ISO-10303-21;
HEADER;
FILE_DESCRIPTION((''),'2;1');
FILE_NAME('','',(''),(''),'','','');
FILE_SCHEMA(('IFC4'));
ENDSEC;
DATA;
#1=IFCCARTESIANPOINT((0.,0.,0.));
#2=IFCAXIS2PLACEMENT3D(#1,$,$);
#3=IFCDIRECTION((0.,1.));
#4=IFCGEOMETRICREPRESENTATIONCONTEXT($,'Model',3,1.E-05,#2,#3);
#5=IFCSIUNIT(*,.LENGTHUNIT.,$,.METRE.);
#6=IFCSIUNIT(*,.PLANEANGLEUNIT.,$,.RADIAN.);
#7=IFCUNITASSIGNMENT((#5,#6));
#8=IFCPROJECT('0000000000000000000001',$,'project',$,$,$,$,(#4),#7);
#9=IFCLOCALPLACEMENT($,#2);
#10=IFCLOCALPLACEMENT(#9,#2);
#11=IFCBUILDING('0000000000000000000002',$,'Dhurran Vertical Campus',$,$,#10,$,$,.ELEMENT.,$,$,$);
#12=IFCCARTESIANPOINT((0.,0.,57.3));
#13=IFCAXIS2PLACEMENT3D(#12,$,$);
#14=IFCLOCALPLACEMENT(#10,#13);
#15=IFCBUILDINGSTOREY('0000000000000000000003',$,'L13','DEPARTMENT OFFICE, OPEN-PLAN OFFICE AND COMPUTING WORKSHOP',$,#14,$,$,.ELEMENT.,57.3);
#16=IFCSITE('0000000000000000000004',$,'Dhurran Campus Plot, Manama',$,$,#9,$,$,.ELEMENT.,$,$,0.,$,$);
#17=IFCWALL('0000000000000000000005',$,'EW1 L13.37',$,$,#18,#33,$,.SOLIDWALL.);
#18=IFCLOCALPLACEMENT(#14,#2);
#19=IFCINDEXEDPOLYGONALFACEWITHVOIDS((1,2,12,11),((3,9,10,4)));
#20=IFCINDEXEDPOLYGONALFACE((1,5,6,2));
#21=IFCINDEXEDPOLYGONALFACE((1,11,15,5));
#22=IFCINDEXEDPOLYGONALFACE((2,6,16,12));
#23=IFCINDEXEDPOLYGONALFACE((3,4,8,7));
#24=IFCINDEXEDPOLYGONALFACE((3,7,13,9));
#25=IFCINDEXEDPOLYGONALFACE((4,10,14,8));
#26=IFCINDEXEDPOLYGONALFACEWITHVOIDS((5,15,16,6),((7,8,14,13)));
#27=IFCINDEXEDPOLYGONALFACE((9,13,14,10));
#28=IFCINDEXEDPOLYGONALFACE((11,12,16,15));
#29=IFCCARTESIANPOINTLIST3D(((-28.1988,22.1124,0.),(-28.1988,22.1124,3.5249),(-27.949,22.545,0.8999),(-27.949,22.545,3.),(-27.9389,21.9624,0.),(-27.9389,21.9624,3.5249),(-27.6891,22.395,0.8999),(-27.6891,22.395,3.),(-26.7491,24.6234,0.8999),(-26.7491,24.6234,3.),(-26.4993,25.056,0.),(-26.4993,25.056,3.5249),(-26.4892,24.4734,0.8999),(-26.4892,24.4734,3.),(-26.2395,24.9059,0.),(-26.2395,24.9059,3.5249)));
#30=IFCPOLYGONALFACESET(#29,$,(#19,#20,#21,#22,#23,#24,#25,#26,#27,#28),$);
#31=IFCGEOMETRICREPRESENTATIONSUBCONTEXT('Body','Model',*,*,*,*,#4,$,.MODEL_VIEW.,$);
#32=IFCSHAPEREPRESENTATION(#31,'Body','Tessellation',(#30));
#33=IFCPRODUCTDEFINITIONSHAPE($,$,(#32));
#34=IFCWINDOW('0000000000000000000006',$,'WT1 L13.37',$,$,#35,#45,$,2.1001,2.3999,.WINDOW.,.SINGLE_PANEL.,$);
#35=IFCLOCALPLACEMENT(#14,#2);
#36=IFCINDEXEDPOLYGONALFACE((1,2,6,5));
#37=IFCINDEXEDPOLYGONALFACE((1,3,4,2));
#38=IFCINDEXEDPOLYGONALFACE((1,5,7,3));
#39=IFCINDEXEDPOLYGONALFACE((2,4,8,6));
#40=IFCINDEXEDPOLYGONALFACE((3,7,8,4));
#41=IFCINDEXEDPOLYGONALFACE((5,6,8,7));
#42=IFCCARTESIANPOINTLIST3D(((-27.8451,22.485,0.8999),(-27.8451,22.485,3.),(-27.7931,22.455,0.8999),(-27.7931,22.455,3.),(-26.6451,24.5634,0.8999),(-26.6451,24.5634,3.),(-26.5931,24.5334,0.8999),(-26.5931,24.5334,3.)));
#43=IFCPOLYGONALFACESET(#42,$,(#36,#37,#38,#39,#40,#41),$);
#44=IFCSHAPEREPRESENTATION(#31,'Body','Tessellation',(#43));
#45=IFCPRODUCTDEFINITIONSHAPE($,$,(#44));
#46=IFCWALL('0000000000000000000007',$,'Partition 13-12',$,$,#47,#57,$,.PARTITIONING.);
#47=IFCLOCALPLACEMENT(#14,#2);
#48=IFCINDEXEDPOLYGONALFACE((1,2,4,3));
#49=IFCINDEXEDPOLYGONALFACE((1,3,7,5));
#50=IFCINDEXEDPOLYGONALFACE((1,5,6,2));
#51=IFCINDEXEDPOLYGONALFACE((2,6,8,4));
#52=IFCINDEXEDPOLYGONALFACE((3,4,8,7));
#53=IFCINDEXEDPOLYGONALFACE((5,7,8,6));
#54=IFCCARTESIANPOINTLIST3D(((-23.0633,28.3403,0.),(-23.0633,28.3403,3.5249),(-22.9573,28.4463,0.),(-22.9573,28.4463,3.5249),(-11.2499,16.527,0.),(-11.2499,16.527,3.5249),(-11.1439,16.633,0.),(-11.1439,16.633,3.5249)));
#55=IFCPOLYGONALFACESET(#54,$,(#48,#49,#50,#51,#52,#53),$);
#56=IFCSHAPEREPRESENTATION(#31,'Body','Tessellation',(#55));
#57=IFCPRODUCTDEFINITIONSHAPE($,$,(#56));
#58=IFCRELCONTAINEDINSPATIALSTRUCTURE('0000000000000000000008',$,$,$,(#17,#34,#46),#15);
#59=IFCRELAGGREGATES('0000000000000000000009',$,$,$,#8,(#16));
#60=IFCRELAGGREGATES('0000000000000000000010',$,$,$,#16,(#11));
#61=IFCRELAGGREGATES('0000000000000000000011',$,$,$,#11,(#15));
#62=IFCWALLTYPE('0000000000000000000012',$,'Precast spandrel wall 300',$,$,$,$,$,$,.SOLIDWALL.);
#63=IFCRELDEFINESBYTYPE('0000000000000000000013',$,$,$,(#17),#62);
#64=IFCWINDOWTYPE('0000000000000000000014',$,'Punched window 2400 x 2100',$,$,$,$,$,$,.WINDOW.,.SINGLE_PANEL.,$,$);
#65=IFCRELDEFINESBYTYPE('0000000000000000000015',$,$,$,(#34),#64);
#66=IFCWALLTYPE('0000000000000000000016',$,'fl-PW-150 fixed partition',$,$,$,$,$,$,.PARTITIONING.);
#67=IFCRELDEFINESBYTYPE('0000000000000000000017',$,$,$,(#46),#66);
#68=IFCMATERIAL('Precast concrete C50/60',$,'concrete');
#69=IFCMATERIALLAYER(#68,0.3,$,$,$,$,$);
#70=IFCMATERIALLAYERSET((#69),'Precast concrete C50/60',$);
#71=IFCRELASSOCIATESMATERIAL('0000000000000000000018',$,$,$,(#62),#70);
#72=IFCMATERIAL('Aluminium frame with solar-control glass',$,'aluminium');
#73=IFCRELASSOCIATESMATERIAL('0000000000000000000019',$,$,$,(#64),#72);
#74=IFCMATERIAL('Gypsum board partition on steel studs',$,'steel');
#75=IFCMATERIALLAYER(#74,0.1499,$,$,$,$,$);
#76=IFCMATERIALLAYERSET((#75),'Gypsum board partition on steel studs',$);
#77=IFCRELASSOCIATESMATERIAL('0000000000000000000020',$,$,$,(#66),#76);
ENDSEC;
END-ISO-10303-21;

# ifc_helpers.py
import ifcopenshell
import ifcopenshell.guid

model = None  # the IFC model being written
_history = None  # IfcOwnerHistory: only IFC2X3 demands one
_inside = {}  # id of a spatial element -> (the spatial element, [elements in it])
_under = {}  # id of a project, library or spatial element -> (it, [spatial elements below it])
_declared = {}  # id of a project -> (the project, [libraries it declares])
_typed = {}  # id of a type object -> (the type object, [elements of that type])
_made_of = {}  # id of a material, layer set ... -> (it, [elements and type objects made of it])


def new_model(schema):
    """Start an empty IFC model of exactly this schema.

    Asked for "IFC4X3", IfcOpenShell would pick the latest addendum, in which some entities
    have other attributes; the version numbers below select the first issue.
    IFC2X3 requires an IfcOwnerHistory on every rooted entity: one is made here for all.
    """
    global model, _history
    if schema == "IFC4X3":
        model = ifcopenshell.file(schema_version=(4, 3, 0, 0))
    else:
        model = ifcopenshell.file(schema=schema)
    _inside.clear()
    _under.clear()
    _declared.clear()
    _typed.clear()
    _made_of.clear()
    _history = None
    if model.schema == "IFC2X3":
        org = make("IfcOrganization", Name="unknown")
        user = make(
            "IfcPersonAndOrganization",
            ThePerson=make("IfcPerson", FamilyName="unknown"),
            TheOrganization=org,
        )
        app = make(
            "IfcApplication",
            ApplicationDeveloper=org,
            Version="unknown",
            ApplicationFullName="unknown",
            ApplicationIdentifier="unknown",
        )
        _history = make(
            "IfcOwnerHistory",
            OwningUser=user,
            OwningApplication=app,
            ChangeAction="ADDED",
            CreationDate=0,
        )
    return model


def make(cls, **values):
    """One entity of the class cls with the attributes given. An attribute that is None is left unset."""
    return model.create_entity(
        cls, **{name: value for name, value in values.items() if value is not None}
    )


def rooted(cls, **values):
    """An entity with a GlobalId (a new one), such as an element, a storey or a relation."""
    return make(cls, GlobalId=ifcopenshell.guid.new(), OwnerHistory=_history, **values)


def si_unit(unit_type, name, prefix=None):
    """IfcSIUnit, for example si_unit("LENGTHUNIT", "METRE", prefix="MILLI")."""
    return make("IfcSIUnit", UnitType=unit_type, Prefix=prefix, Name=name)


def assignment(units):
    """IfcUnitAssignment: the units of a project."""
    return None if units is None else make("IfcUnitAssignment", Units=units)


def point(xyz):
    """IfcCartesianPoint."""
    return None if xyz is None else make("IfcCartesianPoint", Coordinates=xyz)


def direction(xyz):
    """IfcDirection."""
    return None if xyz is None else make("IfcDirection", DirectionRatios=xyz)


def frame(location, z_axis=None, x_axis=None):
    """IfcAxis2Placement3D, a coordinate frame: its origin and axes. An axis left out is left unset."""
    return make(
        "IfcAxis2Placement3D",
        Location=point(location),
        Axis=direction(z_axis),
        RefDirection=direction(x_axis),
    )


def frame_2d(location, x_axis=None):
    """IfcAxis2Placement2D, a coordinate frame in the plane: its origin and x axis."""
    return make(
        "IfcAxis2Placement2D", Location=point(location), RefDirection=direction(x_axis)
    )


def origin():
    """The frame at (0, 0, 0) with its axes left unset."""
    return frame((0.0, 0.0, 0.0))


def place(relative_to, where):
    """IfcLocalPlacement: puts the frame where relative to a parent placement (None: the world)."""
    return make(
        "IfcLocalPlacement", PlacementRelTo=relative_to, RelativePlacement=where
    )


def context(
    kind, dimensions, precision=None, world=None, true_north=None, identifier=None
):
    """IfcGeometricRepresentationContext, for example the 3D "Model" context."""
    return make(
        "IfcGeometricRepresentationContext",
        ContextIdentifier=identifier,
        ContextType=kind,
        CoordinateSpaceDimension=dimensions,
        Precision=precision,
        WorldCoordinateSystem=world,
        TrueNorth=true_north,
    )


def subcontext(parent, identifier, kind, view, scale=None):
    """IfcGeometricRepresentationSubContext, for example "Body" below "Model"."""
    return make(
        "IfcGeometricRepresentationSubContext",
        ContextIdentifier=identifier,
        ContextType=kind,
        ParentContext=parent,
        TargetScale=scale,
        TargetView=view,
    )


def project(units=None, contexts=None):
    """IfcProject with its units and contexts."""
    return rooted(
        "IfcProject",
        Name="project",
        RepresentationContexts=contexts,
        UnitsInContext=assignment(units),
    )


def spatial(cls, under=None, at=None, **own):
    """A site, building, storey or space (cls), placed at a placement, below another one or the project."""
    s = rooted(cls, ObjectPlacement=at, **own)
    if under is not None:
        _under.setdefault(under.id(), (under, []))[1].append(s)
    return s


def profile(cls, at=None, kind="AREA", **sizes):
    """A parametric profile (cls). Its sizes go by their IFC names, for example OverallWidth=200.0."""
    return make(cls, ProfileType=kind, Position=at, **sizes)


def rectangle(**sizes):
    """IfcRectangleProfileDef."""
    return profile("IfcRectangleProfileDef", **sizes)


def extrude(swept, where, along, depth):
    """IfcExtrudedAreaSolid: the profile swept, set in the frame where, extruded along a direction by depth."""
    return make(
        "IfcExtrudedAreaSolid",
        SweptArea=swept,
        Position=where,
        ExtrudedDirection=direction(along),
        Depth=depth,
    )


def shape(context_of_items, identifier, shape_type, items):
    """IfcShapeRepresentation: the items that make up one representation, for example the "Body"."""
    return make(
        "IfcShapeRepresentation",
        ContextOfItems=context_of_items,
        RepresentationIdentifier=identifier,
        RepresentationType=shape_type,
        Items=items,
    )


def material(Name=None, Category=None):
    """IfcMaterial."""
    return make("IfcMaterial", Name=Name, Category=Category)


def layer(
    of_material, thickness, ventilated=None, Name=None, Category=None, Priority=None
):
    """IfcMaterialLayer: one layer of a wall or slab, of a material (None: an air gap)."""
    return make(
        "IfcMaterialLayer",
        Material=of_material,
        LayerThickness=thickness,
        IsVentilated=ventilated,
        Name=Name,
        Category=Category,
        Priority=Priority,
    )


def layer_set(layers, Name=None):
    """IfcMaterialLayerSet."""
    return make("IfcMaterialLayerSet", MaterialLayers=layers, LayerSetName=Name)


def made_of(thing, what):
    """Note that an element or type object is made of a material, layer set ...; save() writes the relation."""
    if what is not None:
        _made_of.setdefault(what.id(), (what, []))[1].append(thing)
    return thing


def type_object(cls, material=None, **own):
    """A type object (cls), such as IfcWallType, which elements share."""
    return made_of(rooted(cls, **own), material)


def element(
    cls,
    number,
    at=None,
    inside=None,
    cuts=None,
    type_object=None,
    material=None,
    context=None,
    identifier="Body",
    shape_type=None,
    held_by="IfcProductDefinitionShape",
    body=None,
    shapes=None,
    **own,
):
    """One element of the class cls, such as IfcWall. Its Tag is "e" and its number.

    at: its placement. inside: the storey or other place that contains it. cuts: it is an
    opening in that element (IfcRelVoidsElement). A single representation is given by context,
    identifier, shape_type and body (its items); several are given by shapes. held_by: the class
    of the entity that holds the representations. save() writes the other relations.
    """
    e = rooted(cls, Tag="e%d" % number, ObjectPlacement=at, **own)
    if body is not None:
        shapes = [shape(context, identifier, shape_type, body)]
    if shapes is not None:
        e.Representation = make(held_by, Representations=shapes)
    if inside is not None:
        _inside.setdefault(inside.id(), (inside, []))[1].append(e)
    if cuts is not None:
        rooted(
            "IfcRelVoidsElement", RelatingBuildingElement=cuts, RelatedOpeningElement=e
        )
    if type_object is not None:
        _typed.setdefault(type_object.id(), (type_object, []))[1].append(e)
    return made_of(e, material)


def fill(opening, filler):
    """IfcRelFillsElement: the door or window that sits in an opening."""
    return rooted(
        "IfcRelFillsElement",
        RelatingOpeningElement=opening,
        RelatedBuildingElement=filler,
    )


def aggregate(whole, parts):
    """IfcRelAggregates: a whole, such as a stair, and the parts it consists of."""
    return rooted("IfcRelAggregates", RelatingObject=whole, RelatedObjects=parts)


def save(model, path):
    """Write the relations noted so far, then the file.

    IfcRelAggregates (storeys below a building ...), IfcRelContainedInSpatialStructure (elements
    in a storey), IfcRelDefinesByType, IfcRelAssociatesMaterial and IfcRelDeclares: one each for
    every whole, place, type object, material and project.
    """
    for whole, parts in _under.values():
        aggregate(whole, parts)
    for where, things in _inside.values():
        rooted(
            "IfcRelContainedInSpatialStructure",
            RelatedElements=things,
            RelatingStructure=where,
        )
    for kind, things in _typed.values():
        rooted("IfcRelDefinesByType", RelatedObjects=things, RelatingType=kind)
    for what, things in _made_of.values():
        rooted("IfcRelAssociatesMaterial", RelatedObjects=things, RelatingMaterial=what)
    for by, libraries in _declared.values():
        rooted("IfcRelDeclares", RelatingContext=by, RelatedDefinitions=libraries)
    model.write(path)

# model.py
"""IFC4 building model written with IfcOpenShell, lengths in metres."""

from ifc_helpers import new_model, si_unit, direction, frame, frame_2d, origin, place, context, subcontext, project, spatial, rectangle, extrude, material, layer, layer_set, type_object, element, fill, save


model = new_model("IFC4")

# Units and contexts
model_context = context("Model", 3, precision=1e-05, world=origin(), true_north=direction((0.0, 1.0)))
body_context = subcontext(model_context, "Body", "Model", "MODEL_VIEW")
ifc_project = project(units=[si_unit("LENGTHUNIT", "METRE"), si_unit("PLANEANGLEUNIT", "RADIAN")], contexts=[model_context])

# Site, building, storey
site_placement = place(None, origin())
site = spatial("IfcSite", under=ifc_project, at=site_placement, Name="Dhurran Campus Plot, Manama", CompositionType="ELEMENT", RefElevation=0.0)
building_placement = place(site_placement, origin())
building = spatial("IfcBuilding", under=site, at=building_placement, Name="Dhurran Vertical Campus", CompositionType="ELEMENT")
storey_placement = place(building_placement, frame((0.0, 0.0, 57.3)))
storey = spatial("IfcBuildingStorey", under=building, at=storey_placement, Name="L13", Description="DEPARTMENT OFFICE, OPEN-PLAN OFFICE AND COMPUTING WORKSHOP", CompositionType="ELEMENT", Elevation=57.3)

# Wall, opening, window
ifc_material_1 = material(Name="Precast concrete C50/60", Category="concrete")
ifc_layer_1 = layer(ifc_material_1, 0.3)
ifc_layer_set_1 = layer_set([ifc_layer_1], Name="Precast concrete C50/60")
wall_type_1 = type_object("IfcWallType", Name="Precast spandrel wall 300", PredefinedType="SOLIDWALL", material=ifc_layer_set_1)
ifc_material_2 = material(Name="Aluminium frame with solar-control glass", Category="aluminium")
window_type = type_object("IfcWindowType", Name="Punched window 2400 x 2100", PartitioningType="SINGLE_PANEL", PredefinedType="WINDOW", material=ifc_material_2)
wall_1_placement = place(storey_placement, frame((-26.3694, 24.981, 0.0), z_axis=(0.0, 0.0, 1.0), x_axis=(-0.499994, -0.866029, 0.0)))
wall_1 = element("IfcWall", 1, at=wall_1_placement, inside=storey, type_object=wall_type_1, Name="EW1 L13.37", PredefinedType="SOLIDWALL", context=body_context, shape_type="SweptSolid", body=[
    extrude(rectangle(XDim=3.3989, YDim=0.3, at=frame_2d((1.6995, 0.0))), origin(), (0.0, 0.0, 1.0), 3.5249),
])
opening_1_placement = place(wall_1_placement, frame((0.4995, 0.0, 0.8999)))
opening_1 = element("IfcOpeningElement", 2, at=opening_1_placement, cuts=wall_1, PredefinedType="OPENING", context=body_context, shape_type="SweptSolid", body=[
    extrude(rectangle(XDim=2.3999, YDim=2.1001, at=frame_2d((1.2, 1.05))), frame((0.0, 0.1599, 0.0), z_axis=(0.0, -1.0, 0.0), x_axis=(1.0, 0.0, 0.0)), (0.0, 0.0, 1.0), 0.3201),
])
window_1_placement = place(opening_1_placement, origin())
window_1 = element("IfcWindow", 3, at=window_1_placement, inside=storey, type_object=window_type, Name="WT1 L13.37", OverallHeight=2.1001, OverallWidth=2.3999, PartitioningType="SINGLE_PANEL", PredefinedType="WINDOW", context=body_context, shape_type="SweptSolid", body=[
    extrude(rectangle(XDim=2.3999, YDim=2.1001, at=frame_2d((1.2, 1.05))), frame((0.0, 0.03, 0.0), z_axis=(0.0, -1.0, 0.0), x_axis=(1.0, 0.0, 0.0)), (0.0, 0.0, 1.0), 0.0601),
])
fill(opening_1, window_1)

# Wall
ifc_material_3 = material(Name="Gypsum board partition on steel studs", Category="steel")
ifc_layer_2 = layer(ifc_material_3, 0.1499)
ifc_layer_set_2 = layer_set([ifc_layer_2], Name="Gypsum board partition on steel studs")
wall_type_2 = type_object("IfcWallType", Name="fl-PW-150 fixed partition", PredefinedType="PARTITIONING", material=ifc_layer_set_2)
wall_2_placement = place(storey_placement, frame((-23.0103, 28.3933, 0.0), z_axis=(0.0, 0.0, 1.0), x_axis=(0.707107, -0.707107, 0.0)))
element("IfcWall", 4, at=wall_2_placement, inside=storey, type_object=wall_type_2, Name="Partition 13-12", PredefinedType="PARTITIONING", context=body_context, shape_type="SweptSolid", body=[
    extrude(rectangle(XDim=16.7065, YDim=0.1499, at=frame_2d((8.3533, 0.0))), origin(), (0.0, 0.0, 1.0), 3.5249),
])

save(model, "model.ifc")
